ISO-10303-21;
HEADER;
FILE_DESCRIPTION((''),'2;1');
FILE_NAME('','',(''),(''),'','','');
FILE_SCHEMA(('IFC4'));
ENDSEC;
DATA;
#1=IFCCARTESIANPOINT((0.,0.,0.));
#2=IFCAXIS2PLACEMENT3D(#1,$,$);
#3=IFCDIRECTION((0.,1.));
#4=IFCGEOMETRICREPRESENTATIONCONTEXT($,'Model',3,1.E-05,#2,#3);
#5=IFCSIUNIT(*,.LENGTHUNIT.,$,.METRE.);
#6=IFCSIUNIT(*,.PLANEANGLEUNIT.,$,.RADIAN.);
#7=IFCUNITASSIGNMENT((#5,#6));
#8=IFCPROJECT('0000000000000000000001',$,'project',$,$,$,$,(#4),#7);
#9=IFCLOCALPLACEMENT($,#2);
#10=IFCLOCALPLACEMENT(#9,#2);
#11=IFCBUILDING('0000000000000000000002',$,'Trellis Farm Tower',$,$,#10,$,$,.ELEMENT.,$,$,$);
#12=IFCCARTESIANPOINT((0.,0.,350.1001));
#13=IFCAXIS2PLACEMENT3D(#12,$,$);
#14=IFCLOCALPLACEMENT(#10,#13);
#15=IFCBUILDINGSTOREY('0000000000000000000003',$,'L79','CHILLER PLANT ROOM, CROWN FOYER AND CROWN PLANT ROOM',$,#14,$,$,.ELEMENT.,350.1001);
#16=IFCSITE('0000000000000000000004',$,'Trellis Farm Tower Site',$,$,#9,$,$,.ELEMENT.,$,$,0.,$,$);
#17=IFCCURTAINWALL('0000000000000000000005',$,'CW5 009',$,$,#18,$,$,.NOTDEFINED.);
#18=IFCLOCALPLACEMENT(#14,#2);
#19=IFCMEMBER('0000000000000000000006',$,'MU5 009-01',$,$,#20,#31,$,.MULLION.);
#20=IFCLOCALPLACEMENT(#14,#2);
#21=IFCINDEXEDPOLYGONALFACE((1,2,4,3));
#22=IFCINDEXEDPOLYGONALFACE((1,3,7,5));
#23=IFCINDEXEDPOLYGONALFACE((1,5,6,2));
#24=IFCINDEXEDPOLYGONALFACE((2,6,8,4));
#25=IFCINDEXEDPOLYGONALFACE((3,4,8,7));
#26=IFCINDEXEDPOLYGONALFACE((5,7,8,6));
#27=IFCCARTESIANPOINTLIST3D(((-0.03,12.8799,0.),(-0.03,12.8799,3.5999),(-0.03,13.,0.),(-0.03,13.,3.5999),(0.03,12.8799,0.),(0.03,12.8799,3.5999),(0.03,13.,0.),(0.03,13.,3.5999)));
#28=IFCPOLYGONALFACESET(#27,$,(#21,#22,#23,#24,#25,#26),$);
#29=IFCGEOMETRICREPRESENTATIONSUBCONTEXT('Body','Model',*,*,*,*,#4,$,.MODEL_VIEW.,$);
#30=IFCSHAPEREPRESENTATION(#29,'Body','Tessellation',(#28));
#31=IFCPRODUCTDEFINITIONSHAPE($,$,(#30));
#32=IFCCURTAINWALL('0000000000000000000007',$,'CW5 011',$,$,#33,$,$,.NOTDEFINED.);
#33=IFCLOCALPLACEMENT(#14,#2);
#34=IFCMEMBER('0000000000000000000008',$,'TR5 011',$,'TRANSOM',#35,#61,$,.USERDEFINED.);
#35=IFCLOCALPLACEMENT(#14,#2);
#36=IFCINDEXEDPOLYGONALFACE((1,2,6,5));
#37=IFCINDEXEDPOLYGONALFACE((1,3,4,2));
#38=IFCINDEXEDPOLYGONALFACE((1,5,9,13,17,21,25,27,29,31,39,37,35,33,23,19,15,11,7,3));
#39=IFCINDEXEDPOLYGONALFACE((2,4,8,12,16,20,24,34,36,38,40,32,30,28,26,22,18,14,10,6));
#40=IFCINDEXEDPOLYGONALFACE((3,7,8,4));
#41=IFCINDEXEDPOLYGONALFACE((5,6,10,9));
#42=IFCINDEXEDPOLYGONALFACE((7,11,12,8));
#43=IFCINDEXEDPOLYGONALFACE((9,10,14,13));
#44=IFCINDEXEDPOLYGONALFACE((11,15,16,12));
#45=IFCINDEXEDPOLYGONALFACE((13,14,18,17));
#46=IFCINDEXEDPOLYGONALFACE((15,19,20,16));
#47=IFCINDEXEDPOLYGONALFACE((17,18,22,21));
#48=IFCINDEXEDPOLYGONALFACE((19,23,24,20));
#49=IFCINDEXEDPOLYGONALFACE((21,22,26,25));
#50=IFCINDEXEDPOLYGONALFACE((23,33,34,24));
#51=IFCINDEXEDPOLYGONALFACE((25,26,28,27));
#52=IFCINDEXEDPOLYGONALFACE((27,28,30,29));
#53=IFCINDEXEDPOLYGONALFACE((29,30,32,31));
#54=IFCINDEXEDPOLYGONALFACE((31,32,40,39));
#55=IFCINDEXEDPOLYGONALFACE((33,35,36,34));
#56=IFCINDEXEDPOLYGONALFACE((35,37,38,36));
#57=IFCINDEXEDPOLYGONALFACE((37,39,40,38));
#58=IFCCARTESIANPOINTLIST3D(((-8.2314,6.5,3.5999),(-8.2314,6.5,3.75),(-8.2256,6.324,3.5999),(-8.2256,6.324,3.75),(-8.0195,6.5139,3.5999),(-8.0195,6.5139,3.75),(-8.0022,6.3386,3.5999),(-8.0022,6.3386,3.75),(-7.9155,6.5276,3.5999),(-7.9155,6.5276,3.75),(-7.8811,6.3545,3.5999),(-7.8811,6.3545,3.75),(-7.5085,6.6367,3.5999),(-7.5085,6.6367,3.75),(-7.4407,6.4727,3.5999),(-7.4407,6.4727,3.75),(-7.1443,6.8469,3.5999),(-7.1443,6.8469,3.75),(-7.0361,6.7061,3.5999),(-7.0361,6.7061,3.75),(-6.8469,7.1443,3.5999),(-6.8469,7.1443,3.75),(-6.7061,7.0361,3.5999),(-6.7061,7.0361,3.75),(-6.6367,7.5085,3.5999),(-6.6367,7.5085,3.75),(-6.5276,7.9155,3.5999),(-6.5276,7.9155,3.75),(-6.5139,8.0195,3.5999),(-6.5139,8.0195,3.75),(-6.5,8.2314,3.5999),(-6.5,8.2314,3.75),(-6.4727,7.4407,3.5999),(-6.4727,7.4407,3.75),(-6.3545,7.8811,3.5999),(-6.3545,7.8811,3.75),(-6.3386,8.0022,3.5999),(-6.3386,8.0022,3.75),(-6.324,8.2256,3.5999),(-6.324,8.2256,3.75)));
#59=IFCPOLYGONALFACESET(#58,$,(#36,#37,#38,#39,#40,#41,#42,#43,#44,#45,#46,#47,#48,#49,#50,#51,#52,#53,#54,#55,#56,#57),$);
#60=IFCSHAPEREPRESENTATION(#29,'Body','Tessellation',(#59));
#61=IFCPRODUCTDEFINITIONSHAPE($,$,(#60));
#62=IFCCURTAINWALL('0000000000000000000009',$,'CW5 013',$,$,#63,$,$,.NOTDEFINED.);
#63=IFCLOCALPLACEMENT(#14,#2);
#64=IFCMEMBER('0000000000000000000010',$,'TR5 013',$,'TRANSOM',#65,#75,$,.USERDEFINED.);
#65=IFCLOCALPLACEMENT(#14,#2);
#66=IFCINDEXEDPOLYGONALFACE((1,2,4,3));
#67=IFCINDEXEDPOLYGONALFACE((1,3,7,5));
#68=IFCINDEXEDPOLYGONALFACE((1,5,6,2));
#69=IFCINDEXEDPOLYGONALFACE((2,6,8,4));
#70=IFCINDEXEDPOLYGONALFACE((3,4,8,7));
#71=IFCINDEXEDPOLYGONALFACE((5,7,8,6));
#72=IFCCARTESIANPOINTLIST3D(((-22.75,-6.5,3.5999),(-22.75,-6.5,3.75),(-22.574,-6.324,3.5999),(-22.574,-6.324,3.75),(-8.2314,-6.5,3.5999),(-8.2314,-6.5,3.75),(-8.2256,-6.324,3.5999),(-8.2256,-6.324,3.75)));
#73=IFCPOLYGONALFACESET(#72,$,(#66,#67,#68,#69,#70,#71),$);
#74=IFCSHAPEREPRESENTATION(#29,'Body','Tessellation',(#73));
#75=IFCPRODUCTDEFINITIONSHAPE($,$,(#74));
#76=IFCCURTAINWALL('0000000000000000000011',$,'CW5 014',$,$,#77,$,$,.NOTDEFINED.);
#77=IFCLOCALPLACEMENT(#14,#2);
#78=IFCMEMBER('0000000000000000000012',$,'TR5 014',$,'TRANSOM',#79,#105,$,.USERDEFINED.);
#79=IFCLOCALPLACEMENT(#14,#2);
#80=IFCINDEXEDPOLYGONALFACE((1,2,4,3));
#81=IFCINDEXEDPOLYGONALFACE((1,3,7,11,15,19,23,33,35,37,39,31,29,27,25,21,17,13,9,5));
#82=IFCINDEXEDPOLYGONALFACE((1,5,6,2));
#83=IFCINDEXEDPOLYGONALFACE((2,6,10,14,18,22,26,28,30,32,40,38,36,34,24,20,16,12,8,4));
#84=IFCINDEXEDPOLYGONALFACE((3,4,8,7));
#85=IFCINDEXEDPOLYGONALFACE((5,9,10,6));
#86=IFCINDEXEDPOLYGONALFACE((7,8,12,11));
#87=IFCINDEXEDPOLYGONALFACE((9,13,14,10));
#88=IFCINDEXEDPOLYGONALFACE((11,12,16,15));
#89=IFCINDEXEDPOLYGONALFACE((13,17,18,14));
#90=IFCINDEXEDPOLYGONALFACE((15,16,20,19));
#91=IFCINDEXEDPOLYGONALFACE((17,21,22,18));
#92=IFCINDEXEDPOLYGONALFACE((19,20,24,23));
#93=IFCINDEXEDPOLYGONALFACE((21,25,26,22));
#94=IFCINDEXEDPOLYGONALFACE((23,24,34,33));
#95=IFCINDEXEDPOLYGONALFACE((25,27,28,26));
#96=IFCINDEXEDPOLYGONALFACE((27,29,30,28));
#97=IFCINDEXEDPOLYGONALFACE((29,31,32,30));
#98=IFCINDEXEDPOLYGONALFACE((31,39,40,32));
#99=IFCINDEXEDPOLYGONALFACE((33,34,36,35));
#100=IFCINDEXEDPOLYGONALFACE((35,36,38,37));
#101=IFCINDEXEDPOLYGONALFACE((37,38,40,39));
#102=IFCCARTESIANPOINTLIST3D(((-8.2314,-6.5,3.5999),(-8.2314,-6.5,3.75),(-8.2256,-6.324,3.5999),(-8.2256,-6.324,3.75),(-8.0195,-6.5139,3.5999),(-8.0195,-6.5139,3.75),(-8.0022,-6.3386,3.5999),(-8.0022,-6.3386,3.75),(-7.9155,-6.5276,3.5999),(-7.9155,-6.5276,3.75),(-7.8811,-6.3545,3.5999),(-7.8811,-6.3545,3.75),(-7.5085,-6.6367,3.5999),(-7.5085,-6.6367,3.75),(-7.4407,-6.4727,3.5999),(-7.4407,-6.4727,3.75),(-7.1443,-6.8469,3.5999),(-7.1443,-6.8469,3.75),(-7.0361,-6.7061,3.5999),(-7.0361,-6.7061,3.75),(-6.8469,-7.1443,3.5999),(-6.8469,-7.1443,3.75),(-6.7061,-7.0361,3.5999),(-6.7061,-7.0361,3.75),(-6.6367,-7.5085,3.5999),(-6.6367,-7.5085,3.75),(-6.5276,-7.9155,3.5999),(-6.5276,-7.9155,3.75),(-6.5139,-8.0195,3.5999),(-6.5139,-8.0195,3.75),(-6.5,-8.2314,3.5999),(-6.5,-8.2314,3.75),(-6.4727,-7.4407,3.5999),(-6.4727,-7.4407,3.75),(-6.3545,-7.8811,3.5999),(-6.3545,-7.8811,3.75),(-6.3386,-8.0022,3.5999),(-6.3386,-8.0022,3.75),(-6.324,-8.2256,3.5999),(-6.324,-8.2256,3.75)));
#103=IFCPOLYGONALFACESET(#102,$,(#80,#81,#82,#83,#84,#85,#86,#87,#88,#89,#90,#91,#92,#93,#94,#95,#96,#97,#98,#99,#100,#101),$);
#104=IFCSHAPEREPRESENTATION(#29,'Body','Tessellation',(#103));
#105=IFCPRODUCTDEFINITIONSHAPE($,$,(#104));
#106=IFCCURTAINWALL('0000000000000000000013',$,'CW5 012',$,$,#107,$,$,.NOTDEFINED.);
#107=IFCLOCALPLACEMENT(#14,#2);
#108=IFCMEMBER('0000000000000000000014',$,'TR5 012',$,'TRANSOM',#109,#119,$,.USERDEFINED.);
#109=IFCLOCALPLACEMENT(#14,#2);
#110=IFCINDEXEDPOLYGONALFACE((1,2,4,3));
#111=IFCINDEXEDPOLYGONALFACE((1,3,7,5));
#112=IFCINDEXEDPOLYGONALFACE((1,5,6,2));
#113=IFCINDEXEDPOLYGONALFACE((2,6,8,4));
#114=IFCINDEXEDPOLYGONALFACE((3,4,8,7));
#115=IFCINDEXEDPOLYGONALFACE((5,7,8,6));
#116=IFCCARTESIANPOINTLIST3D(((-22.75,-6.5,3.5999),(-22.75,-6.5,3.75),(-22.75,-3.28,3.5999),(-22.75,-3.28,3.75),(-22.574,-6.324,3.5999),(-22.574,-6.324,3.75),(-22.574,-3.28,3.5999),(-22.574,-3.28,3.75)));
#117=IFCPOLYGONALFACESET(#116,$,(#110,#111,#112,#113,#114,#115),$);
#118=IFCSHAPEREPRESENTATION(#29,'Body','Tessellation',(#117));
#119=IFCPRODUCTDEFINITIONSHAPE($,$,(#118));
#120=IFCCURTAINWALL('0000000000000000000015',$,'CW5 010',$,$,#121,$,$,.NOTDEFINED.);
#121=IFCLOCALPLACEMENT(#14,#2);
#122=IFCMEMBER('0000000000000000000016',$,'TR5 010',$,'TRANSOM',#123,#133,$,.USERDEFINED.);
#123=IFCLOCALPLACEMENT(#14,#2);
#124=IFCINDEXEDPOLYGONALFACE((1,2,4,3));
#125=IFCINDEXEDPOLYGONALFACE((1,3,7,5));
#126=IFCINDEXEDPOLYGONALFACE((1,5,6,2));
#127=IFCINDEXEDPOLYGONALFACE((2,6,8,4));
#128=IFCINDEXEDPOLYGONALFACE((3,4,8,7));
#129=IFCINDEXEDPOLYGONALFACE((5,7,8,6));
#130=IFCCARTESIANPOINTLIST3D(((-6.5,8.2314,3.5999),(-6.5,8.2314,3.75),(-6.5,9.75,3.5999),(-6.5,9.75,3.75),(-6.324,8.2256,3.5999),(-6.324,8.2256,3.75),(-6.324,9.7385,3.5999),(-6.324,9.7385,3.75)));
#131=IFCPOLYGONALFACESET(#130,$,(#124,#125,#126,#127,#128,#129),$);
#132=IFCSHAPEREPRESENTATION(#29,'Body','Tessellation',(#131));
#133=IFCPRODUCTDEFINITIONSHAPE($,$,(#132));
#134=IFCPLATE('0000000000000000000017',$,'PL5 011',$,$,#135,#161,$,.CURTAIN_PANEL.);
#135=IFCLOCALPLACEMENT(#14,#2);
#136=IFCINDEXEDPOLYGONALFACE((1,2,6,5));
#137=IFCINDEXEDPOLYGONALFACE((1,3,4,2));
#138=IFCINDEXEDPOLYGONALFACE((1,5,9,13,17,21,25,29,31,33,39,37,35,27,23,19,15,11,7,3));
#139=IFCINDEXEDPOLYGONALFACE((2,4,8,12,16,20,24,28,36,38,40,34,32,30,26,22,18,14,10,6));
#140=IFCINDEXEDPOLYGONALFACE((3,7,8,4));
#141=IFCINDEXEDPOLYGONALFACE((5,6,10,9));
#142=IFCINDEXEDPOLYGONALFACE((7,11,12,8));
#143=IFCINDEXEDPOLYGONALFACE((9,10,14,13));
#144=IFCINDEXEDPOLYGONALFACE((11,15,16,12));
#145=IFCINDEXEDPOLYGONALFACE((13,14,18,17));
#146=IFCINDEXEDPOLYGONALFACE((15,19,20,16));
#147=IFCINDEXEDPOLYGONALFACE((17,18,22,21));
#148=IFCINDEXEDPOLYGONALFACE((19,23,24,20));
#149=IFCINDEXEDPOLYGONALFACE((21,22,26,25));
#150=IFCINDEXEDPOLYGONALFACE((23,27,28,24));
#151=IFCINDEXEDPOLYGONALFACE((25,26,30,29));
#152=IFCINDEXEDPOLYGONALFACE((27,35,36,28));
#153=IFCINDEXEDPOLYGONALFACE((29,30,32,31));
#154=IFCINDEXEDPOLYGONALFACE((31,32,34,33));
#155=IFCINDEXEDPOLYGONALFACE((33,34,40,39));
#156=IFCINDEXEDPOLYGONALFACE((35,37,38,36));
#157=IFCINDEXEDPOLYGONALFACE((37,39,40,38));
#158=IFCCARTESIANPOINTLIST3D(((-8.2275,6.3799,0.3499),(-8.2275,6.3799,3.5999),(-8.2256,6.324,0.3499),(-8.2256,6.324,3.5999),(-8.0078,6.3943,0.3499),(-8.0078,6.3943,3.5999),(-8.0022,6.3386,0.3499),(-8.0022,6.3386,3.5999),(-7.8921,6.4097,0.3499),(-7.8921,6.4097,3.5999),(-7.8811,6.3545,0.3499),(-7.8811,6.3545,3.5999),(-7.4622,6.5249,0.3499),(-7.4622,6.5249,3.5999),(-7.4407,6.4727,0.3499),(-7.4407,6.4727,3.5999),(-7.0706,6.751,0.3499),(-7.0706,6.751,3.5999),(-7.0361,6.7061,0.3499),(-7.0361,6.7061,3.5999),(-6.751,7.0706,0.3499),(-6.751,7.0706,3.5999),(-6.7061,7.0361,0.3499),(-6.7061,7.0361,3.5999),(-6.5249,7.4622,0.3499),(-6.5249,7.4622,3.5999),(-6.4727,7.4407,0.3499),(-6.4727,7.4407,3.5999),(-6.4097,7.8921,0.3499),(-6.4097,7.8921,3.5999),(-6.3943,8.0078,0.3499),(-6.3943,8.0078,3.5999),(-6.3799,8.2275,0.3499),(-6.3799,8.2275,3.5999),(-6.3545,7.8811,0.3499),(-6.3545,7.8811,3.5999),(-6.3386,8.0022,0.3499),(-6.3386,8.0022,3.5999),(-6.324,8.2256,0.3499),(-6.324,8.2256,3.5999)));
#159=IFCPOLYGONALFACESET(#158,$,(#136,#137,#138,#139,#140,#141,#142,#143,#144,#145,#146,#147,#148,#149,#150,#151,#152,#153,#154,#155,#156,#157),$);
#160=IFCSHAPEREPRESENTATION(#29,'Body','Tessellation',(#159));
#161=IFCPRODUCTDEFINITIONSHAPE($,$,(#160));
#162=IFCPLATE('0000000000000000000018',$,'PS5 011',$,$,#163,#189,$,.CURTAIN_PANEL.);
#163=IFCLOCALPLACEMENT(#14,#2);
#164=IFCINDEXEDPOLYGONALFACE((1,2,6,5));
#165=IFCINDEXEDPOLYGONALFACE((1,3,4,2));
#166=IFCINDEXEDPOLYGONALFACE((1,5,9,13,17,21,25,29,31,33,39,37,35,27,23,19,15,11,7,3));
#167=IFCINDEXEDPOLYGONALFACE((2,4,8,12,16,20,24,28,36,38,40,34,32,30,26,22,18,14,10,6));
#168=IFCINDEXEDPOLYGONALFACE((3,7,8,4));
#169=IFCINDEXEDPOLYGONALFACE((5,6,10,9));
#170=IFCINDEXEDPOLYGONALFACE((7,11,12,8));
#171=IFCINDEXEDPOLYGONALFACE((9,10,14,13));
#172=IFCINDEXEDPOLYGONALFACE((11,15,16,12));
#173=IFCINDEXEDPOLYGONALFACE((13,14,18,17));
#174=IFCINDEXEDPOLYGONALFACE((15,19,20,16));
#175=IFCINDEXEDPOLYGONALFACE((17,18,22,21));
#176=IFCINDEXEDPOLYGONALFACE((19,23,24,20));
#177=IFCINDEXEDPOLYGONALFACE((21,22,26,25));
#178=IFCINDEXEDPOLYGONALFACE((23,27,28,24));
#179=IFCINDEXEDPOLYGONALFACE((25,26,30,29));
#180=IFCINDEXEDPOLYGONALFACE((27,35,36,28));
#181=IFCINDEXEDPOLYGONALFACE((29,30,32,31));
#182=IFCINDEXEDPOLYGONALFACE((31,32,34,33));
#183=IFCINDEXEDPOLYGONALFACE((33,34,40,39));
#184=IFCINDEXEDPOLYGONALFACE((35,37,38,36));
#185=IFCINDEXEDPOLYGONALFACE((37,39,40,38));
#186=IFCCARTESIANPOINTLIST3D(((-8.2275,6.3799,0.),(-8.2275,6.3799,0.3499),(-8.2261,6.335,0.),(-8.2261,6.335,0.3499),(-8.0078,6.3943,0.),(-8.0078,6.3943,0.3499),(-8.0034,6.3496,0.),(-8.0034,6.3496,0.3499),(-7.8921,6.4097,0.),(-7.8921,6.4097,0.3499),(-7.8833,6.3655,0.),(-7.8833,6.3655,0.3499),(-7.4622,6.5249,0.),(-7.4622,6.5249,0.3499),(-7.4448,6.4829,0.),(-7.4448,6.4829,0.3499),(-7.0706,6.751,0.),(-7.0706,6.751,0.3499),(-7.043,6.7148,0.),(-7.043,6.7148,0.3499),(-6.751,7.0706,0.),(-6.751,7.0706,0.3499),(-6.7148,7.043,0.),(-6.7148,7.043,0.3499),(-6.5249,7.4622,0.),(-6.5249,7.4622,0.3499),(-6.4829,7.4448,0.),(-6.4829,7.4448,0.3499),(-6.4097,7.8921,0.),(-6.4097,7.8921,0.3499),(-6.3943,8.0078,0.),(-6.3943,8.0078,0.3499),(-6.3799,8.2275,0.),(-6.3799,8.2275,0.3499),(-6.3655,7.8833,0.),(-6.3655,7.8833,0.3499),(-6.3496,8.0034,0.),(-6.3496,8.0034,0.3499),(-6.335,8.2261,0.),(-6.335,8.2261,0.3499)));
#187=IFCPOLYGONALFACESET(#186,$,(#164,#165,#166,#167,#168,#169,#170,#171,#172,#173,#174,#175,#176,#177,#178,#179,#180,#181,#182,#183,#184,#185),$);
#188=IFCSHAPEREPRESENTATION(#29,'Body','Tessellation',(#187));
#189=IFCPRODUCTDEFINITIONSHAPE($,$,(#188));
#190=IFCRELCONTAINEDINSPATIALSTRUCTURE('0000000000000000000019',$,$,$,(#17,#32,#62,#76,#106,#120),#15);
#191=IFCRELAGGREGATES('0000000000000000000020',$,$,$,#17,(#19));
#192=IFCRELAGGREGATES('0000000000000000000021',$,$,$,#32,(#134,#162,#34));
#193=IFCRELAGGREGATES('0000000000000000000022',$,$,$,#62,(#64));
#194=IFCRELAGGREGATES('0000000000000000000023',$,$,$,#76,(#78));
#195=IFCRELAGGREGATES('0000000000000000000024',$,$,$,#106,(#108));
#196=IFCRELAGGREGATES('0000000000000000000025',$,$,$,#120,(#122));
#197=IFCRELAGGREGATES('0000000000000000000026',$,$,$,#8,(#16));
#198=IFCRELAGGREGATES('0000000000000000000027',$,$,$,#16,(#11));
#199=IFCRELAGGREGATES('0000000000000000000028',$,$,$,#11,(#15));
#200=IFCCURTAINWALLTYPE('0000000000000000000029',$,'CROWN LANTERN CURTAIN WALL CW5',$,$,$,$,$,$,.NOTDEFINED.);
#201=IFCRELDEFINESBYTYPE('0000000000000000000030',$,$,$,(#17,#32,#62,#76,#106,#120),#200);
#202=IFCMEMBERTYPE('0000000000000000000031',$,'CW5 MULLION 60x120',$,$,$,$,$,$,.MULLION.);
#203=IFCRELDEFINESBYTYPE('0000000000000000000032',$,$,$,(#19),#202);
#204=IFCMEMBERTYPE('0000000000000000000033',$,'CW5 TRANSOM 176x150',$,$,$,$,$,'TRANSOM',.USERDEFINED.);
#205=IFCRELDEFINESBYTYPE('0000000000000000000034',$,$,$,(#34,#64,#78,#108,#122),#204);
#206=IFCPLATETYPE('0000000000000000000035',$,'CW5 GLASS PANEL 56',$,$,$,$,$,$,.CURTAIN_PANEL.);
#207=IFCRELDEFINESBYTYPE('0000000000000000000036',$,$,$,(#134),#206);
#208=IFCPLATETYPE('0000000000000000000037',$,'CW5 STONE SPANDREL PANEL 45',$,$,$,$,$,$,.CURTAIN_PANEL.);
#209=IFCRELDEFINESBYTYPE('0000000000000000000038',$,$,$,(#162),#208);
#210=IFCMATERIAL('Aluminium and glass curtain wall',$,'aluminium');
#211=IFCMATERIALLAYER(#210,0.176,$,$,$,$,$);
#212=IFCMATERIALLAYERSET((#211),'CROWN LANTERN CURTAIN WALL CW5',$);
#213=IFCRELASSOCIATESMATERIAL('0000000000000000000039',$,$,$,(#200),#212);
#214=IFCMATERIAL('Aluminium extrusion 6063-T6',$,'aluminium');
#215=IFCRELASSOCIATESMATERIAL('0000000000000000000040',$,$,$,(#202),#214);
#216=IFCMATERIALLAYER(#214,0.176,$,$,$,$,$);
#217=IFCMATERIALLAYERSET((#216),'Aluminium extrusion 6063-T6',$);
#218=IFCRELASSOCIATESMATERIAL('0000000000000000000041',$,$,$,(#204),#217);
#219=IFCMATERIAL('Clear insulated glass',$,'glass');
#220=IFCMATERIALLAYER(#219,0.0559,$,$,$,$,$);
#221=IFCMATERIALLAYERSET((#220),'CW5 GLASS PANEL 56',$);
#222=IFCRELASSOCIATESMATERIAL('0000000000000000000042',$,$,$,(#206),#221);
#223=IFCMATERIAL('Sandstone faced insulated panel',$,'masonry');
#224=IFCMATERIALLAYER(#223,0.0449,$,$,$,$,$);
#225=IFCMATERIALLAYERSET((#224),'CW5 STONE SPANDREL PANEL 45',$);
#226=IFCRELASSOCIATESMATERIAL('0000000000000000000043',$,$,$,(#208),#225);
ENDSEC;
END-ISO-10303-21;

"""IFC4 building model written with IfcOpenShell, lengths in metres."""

from ifc_helpers import new_model, si_unit, direction, frame, origin, origin_2d, place, context, subcontext, project, spatial, polyline, rectangle, outline, extrude, source, transform, mapped, material, layer, layer_set, material_profile, profile_set, type_object, element, aggregate, save


model = new_model("IFC4")

# Units and contexts
model_context = context("Model", 3, precision=1e-05, world=origin(), true_north=direction((0.0, 1.0)))
body_context = subcontext(model_context, "Body", "Model", "MODEL_VIEW")
ifc_project = project(units=[si_unit("LENGTHUNIT", "METRE"), si_unit("PLANEANGLEUNIT", "RADIAN")], contexts=[model_context])

# Site, building, storey
site_placement = place(None, origin())
site = spatial("IfcSite", under=ifc_project, at=site_placement, Name="Trellis Farm Tower Site", CompositionType="ELEMENT", RefElevation=0.0)
building_placement = place(site_placement, origin())
building = spatial("IfcBuilding", under=site, at=building_placement, Name="Trellis Farm Tower", CompositionType="ELEMENT")
storey_placement = place(building_placement, frame((0.0, 0.0, 350.1001)))
storey = spatial("IfcBuildingStorey", under=building, at=storey_placement, Name="L79", Description="CHILLER PLANT ROOM, CROWN FOYER AND CROWN PLANT ROOM", CompositionType="ELEMENT", Elevation=350.1001)

# Curtain walls, members
ifc_material_1 = material(Name="Aluminium and glass curtain wall", Category="aluminium")
ifc_layer_1 = layer(ifc_material_1, 0.176)
ifc_layer_set_1 = layer_set([ifc_layer_1], Name="CROWN LANTERN CURTAIN WALL CW5")
curtain_wall_type = type_object("IfcCurtainWallType", Name="CROWN LANTERN CURTAIN WALL CW5", PredefinedType="NOTDEFINED", material=ifc_layer_set_1)
placement_1 = place(storey_placement, origin())
curtain_wall_1 = element("IfcCurtainWall", 1, at=placement_1, inside=storey, type_object=curtain_wall_type, Name="CW5 009", PredefinedType="NOTDEFINED")
ifc_material_2 = material(Name="Aluminium extrusion 6063-T6", Category="aluminium")
ifc_material_profile = material_profile(ifc_material_2, rectangle(XDim=0.0601, YDim=0.1201, at=origin_2d()), Name="MULLION 60x120")
ifc_profile_set = profile_set([ifc_material_profile], Name="Aluminium extrusion 6063-T6")
member_type_1 = type_object("IfcMemberType", Name="CW5 MULLION 60x120", PredefinedType="MULLION", material=ifc_profile_set)
shared_shape_1 = source(origin(), body_context, "Body", "SweptSolid", [
    extrude(rectangle(XDim=0.0601, YDim=0.1201, at=origin_2d()), origin(), (0.0, 0.0, 1.0), 3.5999),
])
member_1_placement = place(storey_placement, frame((0.0, 12.9399, 0.0), z_axis=(0.0, 0.0, 1.0), x_axis=(-1.0, 0.0, 0.0)))
member_1 = element("IfcMember", 2, at=member_1_placement, type_object=member_type_1, Name="MU5 009-01", PredefinedType="MULLION", context=body_context, shape_type="MappedRepresentation", body=[
    mapped(shared_shape_1, transform((0.0, 0.0, 0.0))),
])
aggregate(curtain_wall_1, [member_1])
curtain_wall_2 = element("IfcCurtainWall", 3, at=placement_1, inside=storey, type_object=curtain_wall_type, Name="CW5 011", PredefinedType="NOTDEFINED")
ifc_layer_2 = layer(ifc_material_2, 0.176)
ifc_layer_set_2 = layer_set([ifc_layer_2], Name="Aluminium extrusion 6063-T6")
member_type_2 = type_object("IfcMemberType", Name="CW5 TRANSOM 176x150", ElementType="TRANSOM", PredefinedType="USERDEFINED", material=ifc_layer_set_2)
shared_shape_2 = source(origin(), body_context, "Body", "SweptSolid", [
    extrude(outline(polyline([(-6.5, 8.2314), (-6.5139, 8.0195), (-6.5276, 7.9155), (-6.6367, 7.5085), (-6.8469, 7.1443), (-7.1443, 6.8469), (-7.5085, 6.6367), (-7.9155, 6.5276), (-8.0195, 6.5139), (-8.2314, 6.5), (-8.2256, 6.324), (-8.0022, 6.3386), (-7.8811, 6.3545), (-7.4407, 6.4727), (-7.0361, 6.7061), (-6.7061, 7.0361), (-6.4727, 7.4407), (-6.3545, 7.8811), (-6.3386, 8.0022), (-6.324, 8.2256), (-6.5, 8.2314)])), origin(), (0.0, 0.0, 1.0), 0.1501),
])
placement_2 = place(storey_placement, frame((0.0, 0.0, 3.5999)))
member_2 = element("IfcMember", 4, at=placement_2, type_object=member_type_2, Name="TR5 011", ObjectType="TRANSOM", PredefinedType="USERDEFINED", context=body_context, shape_type="MappedRepresentation", body=[
    mapped(shared_shape_2, transform((0.0, 0.0, 0.0))),
])
curtain_wall_3 = element("IfcCurtainWall", 5, at=placement_1, inside=storey, type_object=curtain_wall_type, Name="CW5 013", PredefinedType="NOTDEFINED")
shared_shape_3 = source(origin(), body_context, "Body", "SweptSolid", [
    extrude(outline(polyline([(-22.75, -6.5), (-8.2314, -6.5), (-8.2256, -6.324), (-22.574, -6.324), (-22.75, -6.5)])), origin(), (0.0, 0.0, 1.0), 0.1501),
])
member_3 = element("IfcMember", 6, at=placement_2, type_object=member_type_2, Name="TR5 013", ObjectType="TRANSOM", PredefinedType="USERDEFINED", context=body_context, shape_type="MappedRepresentation", body=[
    mapped(shared_shape_3, transform((0.0, 0.0, 0.0))),
])
curtain_wall_4 = element("IfcCurtainWall", 7, at=placement_1, inside=storey, type_object=curtain_wall_type, Name="CW5 014", PredefinedType="NOTDEFINED")
shared_shape_4 = source(origin(), body_context, "Body", "SweptSolid", [
    extrude(outline(polyline([(-8.2314, -6.5), (-8.0195, -6.5139), (-7.9155, -6.5276), (-7.5085, -6.6367), (-7.1443, -6.8469), (-6.8469, -7.1443), (-6.6367, -7.5085), (-6.5276, -7.9155), (-6.5139, -8.0195), (-6.5, -8.2314), (-6.324, -8.2256), (-6.3386, -8.0022), (-6.3545, -7.8811), (-6.4727, -7.4407), (-6.7061, -7.0361), (-7.0361, -6.7061), (-7.4407, -6.4727), (-7.8811, -6.3545), (-8.0022, -6.3386), (-8.2256, -6.324), (-8.2314, -6.5)])), origin(), (0.0, 0.0, 1.0), 0.1501),
])
member_4 = element("IfcMember", 8, at=placement_2, type_object=member_type_2, Name="TR5 014", ObjectType="TRANSOM", PredefinedType="USERDEFINED", context=body_context, shape_type="MappedRepresentation", body=[
    mapped(shared_shape_4, transform((0.0, 0.0, 0.0))),
])
curtain_wall_5 = element("IfcCurtainWall", 9, at=placement_1, inside=storey, type_object=curtain_wall_type, Name="CW5 012", PredefinedType="NOTDEFINED")
shared_shape_5 = source(origin(), body_context, "Body", "SweptSolid", [
    extrude(outline(polyline([(-22.75, -3.28), (-22.75, -6.5), (-22.574, -6.324), (-22.574, -3.28), (-22.75, -3.28)])), origin(), (0.0, 0.0, 1.0), 0.1501),
])
member_5 = element("IfcMember", 10, at=placement_2, type_object=member_type_2, Name="TR5 012", ObjectType="TRANSOM", PredefinedType="USERDEFINED", context=body_context, shape_type="MappedRepresentation", body=[
    mapped(shared_shape_5, transform((0.0, 0.0, 0.0))),
])
curtain_wall_6 = element("IfcCurtainWall", 11, at=placement_1, inside=storey, type_object=curtain_wall_type, Name="CW5 010", PredefinedType="NOTDEFINED")
shared_shape_6 = source(origin(), body_context, "Body", "SweptSolid", [
    extrude(outline(polyline([(-6.5, 9.75), (-6.5, 8.2314), (-6.324, 8.2256), (-6.324, 9.7385), (-6.5, 9.75)])), origin(), (0.0, 0.0, 1.0), 0.1501),
])
member_6 = element("IfcMember", 12, at=placement_2, type_object=member_type_2, Name="TR5 010", ObjectType="TRANSOM", PredefinedType="USERDEFINED", context=body_context, shape_type="MappedRepresentation", body=[
    mapped(shared_shape_6, transform((0.0, 0.0, 0.0))),
])

# Plates
ifc_material_3 = material(Name="Clear insulated glass", Category="glass")
ifc_layer_3 = layer(ifc_material_3, 0.0559)
ifc_layer_set_3 = layer_set([ifc_layer_3], Name="CW5 GLASS PANEL 56")
plate_type_1 = type_object("IfcPlateType", Name="CW5 GLASS PANEL 56", PredefinedType="CURTAIN_PANEL", material=ifc_layer_set_3)
shared_shape_7 = source(origin(), body_context, "Body", "SweptSolid", [
    extrude(outline(polyline([(-6.3799, 8.2275), (-6.3943, 8.0078), (-6.4097, 7.8921), (-6.5249, 7.4622), (-6.751, 7.0706), (-7.0706, 6.751), (-7.4622, 6.5249), (-7.8921, 6.4097), (-8.0078, 6.3943), (-8.2275, 6.3799), (-8.2256, 6.324), (-8.0022, 6.3386), (-7.8811, 6.3545), (-7.4407, 6.4727), (-7.0361, 6.7061), (-6.7061, 7.0361), (-6.4727, 7.4407), (-6.3545, 7.8811), (-6.3386, 8.0022), (-6.324, 8.2256), (-6.3799, 8.2275)])), origin(), (0.0, 0.0, 1.0), 3.25),
])
placement_3 = place(storey_placement, frame((0.0, 0.0, 0.3499)))
plate_1 = element("IfcPlate", 13, at=placement_3, type_object=plate_type_1, Name="PL5 011", PredefinedType="CURTAIN_PANEL", context=body_context, shape_type="MappedRepresentation", body=[
    mapped(shared_shape_7, transform((0.0, 0.0, 0.0))),
])
ifc_material_4 = material(Name="Sandstone faced insulated panel", Category="masonry")
ifc_layer_4 = layer(ifc_material_4, 0.0449)
ifc_layer_set_4 = layer_set([ifc_layer_4], Name="CW5 STONE SPANDREL PANEL 45")
plate_type_2 = type_object("IfcPlateType", Name="CW5 STONE SPANDREL PANEL 45", PredefinedType="CURTAIN_PANEL", material=ifc_layer_set_4)
shared_shape_8 = source(origin(), body_context, "Body", "SweptSolid", [
    extrude(outline(polyline([(-6.3799, 8.2275), (-6.3943, 8.0078), (-6.4097, 7.8921), (-6.5249, 7.4622), (-6.751, 7.0706), (-7.0706, 6.751), (-7.4622, 6.5249), (-7.8921, 6.4097), (-8.0078, 6.3943), (-8.2275, 6.3799), (-8.2261, 6.335), (-8.0034, 6.3496), (-7.8833, 6.3655), (-7.4448, 6.4829), (-7.043, 6.7148), (-6.7148, 7.043), (-6.4829, 7.4448), (-6.3655, 7.8833), (-6.3496, 8.0034), (-6.335, 8.2261), (-6.3799, 8.2275)])), origin(), (0.0, 0.0, 1.0), 0.3499),
])
plate_2 = element("IfcPlate", 14, at=placement_1, type_object=plate_type_2, Name="PS5 011", PredefinedType="CURTAIN_PANEL", context=body_context, shape_type="MappedRepresentation", body=[
    mapped(shared_shape_8, transform((0.0, 0.0, 0.0))),
])
aggregate(curtain_wall_2, [plate_1, plate_2, member_2])
aggregate(curtain_wall_3, [member_3])
aggregate(curtain_wall_4, [member_4])
aggregate(curtain_wall_5, [member_5])
aggregate(curtain_wall_6, [member_6])

save(model, "model.ifc")
